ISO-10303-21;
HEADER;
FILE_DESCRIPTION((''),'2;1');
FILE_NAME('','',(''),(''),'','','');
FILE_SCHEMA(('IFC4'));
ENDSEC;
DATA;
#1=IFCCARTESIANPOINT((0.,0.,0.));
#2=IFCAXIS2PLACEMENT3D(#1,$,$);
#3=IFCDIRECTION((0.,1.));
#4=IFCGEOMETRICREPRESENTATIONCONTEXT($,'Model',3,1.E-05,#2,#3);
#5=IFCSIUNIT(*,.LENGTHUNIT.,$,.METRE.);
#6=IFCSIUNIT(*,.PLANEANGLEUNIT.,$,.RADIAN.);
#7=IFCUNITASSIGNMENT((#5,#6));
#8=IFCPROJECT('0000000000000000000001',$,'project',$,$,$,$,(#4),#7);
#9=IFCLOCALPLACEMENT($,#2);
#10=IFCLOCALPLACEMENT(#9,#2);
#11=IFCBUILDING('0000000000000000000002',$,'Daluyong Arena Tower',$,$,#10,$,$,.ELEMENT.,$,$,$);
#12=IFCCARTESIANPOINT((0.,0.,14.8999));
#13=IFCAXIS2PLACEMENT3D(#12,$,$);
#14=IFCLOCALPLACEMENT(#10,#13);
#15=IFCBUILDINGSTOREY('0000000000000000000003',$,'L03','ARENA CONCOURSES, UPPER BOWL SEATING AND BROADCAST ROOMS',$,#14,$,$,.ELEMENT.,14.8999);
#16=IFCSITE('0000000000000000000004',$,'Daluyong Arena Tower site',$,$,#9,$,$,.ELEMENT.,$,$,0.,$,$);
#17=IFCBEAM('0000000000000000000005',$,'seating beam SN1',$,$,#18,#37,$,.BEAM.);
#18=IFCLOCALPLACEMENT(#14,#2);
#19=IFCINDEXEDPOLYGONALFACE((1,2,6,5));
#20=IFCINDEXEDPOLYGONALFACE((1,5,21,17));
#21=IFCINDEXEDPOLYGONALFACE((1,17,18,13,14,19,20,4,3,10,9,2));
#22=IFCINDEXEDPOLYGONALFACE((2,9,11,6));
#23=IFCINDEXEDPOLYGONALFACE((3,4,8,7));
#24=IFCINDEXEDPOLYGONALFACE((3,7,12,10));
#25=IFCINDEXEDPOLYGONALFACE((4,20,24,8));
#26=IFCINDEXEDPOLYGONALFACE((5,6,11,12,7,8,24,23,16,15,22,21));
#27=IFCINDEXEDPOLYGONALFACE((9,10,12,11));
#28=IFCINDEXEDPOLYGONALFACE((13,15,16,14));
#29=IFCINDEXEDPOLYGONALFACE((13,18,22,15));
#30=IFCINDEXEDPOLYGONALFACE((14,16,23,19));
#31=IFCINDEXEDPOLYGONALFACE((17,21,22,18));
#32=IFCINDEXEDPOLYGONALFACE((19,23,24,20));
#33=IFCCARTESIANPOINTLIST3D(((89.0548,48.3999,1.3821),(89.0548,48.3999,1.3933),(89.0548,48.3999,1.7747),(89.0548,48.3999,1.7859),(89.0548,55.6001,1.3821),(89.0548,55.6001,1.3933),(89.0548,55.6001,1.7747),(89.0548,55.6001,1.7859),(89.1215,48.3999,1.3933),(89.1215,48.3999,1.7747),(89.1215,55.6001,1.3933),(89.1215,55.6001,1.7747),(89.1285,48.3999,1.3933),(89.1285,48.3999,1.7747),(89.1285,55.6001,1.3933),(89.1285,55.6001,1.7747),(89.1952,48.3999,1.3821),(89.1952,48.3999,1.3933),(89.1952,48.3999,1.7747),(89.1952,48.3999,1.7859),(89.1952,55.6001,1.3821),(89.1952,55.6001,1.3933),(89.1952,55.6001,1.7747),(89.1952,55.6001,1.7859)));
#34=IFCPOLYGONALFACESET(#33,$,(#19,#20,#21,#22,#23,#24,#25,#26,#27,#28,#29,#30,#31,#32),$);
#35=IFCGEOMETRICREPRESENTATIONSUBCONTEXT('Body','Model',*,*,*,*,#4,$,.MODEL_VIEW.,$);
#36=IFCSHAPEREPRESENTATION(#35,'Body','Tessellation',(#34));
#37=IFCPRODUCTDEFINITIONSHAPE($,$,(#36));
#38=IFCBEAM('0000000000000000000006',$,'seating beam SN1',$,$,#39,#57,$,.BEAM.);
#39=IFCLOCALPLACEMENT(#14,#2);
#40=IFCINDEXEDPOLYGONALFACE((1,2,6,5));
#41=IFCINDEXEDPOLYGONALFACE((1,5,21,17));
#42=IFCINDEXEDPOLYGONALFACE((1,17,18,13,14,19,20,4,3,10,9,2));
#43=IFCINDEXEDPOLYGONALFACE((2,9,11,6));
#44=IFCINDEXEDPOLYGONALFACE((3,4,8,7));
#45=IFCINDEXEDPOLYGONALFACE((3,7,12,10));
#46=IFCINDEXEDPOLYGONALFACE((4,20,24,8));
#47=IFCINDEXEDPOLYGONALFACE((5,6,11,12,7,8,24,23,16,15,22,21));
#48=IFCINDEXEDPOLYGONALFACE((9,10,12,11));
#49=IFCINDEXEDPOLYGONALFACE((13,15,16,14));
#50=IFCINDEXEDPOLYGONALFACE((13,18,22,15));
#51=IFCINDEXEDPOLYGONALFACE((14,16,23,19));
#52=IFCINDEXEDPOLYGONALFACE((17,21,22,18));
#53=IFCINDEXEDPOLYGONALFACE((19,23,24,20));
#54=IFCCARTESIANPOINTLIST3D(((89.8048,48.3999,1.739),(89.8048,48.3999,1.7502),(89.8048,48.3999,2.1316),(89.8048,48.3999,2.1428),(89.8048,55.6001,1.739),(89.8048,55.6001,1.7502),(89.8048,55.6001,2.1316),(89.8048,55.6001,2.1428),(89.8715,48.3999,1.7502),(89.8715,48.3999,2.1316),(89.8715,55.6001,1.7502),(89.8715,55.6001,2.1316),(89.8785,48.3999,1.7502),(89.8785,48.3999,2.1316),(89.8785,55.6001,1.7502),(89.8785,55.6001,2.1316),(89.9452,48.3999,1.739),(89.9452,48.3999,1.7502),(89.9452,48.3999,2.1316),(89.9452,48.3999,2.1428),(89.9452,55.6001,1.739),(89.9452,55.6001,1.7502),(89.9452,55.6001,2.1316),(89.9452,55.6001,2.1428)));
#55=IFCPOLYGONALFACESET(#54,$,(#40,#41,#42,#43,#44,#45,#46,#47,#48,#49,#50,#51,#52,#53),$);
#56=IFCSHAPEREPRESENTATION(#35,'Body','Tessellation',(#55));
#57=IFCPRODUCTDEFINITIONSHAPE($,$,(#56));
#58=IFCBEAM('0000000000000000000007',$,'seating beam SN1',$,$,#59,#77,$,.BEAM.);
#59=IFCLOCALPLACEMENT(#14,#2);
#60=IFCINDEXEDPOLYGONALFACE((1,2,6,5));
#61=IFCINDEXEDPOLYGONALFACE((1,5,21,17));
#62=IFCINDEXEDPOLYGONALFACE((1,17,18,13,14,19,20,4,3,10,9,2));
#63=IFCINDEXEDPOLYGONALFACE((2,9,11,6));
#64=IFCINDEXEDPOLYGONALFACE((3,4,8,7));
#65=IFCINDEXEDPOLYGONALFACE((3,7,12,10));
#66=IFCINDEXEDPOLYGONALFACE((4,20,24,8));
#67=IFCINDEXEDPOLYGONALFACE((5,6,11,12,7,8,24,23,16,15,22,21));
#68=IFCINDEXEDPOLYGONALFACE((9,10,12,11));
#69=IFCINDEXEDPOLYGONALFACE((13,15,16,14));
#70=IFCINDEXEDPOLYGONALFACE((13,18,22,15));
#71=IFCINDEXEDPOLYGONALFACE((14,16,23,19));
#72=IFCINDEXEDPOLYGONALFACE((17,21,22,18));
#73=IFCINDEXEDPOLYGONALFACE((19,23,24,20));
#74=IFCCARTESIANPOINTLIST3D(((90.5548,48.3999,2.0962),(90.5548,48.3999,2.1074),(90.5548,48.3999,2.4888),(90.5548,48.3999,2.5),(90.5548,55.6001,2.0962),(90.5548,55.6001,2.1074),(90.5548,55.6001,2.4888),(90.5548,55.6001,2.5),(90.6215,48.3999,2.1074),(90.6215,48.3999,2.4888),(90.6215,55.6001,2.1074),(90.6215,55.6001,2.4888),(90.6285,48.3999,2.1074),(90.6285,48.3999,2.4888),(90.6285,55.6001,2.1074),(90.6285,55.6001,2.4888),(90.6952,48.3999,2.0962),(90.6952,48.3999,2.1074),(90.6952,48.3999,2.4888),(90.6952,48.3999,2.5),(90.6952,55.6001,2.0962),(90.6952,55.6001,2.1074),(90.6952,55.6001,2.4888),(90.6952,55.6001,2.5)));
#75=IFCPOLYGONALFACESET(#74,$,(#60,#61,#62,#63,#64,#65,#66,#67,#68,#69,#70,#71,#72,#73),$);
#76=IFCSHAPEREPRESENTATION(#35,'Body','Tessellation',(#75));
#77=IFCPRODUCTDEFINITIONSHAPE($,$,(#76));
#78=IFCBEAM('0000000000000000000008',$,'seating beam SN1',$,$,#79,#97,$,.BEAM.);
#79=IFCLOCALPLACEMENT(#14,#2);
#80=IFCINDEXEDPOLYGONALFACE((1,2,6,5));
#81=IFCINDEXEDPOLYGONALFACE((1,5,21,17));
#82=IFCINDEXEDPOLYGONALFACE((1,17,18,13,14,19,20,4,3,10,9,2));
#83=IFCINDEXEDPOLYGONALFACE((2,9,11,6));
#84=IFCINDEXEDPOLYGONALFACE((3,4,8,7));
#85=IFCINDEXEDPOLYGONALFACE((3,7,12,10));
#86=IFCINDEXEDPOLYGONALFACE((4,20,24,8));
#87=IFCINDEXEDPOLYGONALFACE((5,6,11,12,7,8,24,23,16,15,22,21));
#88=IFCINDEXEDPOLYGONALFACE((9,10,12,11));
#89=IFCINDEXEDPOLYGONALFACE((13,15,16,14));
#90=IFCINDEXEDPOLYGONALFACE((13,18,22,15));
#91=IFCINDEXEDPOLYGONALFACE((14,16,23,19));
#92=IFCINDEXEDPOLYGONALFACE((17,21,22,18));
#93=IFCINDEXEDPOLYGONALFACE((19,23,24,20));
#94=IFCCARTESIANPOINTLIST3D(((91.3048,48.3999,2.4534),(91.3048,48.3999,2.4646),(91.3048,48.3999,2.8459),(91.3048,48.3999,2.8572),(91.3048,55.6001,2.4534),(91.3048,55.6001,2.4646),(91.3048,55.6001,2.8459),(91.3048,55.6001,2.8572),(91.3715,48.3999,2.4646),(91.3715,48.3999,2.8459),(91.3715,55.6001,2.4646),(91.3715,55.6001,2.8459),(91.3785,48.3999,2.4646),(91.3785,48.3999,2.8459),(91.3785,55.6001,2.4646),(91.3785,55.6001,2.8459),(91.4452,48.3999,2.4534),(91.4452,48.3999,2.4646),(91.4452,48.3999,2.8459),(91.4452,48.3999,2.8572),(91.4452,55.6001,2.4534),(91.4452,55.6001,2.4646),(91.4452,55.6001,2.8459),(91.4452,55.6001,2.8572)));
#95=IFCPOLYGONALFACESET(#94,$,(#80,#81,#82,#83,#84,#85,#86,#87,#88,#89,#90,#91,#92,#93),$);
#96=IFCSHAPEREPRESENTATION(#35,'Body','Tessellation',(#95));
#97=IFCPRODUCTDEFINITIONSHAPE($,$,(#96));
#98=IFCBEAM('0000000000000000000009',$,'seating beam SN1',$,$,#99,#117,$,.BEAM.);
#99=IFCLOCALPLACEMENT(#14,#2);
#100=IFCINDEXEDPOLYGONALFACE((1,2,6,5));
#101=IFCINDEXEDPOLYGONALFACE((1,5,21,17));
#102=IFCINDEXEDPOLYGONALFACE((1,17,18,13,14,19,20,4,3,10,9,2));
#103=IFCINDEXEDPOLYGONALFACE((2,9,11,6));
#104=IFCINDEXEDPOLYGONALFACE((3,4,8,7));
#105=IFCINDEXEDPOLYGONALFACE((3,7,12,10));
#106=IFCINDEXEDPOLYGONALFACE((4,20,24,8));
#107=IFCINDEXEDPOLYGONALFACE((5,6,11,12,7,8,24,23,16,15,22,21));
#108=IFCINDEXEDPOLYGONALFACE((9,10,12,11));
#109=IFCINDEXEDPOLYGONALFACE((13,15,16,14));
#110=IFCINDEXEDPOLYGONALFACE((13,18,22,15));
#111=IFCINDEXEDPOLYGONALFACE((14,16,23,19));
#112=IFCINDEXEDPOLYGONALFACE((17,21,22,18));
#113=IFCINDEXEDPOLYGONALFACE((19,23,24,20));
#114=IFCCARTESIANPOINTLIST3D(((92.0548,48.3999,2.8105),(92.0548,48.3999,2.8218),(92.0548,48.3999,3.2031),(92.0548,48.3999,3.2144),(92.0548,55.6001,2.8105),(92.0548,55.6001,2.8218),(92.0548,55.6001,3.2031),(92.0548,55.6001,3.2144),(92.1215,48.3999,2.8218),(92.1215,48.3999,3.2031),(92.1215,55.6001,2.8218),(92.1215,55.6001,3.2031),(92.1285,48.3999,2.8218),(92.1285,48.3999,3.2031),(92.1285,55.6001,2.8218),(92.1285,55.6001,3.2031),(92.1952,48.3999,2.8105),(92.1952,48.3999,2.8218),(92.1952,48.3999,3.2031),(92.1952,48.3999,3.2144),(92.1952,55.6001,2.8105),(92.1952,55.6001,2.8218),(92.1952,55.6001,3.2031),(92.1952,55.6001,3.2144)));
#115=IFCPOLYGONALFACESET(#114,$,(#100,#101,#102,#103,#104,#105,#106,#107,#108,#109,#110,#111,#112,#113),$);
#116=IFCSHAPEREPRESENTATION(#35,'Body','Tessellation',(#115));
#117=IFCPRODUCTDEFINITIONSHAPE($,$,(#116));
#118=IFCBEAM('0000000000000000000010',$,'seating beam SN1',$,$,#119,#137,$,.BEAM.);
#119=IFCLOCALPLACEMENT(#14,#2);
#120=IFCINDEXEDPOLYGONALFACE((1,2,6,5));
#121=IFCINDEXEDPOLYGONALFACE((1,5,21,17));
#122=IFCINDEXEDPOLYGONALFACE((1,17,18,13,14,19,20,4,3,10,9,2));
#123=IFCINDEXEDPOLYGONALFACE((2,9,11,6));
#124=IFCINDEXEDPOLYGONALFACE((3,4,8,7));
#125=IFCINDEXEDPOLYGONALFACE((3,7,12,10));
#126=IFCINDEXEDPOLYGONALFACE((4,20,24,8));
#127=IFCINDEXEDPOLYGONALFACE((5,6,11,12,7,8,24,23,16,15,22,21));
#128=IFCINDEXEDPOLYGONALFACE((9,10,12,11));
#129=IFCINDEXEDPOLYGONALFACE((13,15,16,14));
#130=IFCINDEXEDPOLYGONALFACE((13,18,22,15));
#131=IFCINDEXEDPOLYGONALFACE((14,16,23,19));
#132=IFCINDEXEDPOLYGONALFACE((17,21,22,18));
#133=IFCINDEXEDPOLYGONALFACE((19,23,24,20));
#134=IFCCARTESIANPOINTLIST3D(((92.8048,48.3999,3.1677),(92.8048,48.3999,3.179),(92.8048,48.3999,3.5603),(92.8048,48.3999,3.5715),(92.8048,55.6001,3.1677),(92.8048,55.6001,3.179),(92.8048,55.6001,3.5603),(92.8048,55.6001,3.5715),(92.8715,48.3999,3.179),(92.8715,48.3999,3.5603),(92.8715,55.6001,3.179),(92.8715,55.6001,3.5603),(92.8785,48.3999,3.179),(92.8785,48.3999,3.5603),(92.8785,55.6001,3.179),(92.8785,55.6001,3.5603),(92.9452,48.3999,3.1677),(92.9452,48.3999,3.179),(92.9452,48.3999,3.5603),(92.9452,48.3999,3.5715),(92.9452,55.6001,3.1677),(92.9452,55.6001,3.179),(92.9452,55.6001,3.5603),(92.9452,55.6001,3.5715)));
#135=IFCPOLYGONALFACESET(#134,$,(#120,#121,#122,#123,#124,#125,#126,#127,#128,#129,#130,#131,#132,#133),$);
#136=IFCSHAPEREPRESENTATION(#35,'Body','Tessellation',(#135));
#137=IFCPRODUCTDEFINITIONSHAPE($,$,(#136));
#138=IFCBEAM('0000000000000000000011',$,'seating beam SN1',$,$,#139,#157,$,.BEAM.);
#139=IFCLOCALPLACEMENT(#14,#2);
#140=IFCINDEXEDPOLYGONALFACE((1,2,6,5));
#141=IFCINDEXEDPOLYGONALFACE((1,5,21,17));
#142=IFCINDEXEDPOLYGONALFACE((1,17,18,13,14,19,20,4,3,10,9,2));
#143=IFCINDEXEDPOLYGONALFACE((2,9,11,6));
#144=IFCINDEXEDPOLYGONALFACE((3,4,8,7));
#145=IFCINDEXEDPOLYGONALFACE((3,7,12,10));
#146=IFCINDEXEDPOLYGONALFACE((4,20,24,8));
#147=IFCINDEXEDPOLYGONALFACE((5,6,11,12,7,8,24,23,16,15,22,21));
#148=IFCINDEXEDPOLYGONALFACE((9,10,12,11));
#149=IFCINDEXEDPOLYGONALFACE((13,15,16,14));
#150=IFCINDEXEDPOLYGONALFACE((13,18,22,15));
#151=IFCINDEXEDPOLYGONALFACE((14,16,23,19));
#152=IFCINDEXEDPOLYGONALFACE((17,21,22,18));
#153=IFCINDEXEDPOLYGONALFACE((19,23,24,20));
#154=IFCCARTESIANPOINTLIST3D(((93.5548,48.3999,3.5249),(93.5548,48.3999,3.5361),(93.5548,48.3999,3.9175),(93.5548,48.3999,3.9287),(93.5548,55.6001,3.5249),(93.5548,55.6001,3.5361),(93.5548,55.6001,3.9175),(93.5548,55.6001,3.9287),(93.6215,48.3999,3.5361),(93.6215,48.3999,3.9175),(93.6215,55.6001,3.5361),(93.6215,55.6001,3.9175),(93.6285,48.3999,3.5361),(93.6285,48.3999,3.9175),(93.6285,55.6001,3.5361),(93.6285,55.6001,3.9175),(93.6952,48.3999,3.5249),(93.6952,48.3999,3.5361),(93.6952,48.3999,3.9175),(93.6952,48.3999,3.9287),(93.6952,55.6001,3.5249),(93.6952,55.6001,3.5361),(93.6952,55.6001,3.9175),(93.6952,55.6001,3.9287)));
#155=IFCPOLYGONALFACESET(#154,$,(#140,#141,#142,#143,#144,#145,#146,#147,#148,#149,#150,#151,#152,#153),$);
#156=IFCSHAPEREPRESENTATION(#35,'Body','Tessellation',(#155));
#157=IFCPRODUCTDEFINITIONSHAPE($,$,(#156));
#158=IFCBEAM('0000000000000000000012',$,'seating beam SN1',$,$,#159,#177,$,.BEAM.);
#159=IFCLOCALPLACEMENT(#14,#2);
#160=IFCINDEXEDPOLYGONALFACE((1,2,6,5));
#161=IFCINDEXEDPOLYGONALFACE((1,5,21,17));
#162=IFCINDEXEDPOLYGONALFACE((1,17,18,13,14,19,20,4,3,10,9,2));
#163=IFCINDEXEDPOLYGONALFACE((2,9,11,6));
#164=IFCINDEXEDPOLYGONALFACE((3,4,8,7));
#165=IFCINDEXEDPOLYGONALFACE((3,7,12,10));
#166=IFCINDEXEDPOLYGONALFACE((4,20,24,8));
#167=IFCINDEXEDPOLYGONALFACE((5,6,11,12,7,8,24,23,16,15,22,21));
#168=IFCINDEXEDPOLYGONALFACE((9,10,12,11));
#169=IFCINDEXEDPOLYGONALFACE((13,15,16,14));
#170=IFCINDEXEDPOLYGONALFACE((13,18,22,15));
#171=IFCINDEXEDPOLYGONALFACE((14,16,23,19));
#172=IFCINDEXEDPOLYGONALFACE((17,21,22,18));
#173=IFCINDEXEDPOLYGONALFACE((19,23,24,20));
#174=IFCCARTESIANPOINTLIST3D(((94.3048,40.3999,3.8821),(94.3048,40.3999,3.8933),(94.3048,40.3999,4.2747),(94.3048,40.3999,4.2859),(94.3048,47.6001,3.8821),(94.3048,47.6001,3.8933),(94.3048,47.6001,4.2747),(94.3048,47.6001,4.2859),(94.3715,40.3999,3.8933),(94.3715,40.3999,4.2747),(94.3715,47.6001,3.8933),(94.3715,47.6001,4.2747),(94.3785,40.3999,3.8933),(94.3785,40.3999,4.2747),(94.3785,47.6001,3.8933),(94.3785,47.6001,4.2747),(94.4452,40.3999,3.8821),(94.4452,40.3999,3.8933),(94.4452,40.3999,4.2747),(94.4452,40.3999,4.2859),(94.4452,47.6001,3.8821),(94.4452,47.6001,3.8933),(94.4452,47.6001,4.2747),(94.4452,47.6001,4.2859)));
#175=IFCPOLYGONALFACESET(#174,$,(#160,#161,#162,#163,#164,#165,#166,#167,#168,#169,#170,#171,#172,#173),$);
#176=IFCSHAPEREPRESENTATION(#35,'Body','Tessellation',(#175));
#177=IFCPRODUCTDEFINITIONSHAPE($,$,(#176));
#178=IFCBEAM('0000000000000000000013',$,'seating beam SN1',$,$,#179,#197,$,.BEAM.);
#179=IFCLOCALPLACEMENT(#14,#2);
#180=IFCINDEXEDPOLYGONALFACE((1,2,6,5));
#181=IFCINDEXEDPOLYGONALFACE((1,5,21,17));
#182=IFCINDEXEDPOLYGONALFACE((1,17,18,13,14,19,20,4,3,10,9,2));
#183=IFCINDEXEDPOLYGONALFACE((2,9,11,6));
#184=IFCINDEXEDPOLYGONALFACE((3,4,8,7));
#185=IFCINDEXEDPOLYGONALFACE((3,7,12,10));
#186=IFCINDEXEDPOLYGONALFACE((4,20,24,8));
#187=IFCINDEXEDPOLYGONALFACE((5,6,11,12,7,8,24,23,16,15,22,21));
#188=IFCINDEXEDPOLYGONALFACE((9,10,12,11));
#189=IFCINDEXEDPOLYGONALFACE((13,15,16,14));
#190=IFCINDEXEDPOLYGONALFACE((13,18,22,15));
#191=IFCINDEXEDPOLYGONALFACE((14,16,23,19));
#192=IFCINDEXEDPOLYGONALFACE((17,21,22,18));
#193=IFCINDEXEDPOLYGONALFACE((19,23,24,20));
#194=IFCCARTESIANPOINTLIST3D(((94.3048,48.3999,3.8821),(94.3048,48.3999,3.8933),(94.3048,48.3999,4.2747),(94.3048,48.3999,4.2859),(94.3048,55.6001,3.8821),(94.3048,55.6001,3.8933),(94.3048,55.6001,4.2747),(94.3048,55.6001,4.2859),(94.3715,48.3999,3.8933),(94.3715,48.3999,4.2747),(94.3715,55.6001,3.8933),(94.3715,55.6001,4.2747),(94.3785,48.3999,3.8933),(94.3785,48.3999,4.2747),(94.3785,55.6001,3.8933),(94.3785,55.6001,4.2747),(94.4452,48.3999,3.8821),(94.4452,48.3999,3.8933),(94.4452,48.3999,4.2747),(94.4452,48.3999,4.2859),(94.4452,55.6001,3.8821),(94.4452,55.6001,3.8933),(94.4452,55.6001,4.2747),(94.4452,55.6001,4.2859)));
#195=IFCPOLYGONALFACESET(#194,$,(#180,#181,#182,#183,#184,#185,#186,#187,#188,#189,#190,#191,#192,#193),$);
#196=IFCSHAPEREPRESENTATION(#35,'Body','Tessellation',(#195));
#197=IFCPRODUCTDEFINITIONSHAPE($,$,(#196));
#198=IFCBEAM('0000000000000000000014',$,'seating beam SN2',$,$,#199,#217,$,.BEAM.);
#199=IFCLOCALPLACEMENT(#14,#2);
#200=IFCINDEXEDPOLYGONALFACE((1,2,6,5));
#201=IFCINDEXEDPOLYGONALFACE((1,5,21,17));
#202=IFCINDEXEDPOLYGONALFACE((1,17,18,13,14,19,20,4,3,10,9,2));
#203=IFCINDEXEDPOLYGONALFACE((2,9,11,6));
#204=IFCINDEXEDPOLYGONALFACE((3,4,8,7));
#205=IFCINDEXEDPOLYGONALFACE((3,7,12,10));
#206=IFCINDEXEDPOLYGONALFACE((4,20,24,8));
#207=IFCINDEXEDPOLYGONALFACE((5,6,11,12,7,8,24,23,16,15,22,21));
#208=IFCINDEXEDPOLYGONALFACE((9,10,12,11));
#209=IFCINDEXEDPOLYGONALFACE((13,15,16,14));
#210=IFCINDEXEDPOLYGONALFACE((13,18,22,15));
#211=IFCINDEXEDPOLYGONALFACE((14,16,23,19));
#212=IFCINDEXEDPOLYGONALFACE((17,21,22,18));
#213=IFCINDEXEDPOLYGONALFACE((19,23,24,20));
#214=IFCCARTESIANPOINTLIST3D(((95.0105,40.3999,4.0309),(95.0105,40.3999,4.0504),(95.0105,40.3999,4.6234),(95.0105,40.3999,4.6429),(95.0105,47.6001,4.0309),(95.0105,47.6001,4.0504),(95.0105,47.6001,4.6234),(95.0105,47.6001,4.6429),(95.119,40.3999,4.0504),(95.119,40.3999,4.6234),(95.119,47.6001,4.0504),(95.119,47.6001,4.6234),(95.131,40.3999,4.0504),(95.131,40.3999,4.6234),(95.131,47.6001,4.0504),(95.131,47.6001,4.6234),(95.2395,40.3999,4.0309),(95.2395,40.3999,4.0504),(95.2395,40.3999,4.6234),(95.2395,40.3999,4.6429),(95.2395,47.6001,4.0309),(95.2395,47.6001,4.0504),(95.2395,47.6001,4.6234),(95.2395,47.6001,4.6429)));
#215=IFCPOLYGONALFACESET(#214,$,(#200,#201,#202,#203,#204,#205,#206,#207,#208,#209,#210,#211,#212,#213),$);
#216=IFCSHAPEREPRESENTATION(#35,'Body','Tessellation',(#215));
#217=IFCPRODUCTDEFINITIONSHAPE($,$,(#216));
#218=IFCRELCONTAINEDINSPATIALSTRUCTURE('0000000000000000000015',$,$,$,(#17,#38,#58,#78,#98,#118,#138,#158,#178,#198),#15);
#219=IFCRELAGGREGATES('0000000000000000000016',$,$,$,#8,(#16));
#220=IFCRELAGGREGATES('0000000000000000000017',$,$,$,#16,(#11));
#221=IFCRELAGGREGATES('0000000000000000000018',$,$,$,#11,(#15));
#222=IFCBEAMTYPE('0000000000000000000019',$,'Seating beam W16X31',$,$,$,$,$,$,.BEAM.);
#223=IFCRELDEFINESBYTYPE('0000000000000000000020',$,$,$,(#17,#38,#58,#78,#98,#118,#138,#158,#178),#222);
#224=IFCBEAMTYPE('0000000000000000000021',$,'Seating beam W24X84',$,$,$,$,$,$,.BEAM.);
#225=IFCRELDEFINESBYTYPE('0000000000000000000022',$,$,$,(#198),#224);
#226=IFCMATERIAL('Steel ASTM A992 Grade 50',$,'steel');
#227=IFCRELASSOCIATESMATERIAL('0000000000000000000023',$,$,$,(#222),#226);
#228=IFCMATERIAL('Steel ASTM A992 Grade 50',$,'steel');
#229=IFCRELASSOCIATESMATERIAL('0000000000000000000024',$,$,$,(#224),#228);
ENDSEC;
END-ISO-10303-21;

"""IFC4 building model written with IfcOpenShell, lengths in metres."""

from ifc_helpers import new_model, si_unit, direction, frame, origin, origin_2d, place, context, subcontext, project, spatial, i_section, extrude, material, material_profile, profile_set, type_object, element, save


model = new_model("IFC4")

# Units and contexts
model_context = context("Model", 3, precision=1e-05, world=origin(), true_north=direction((0.0, 1.0)))
body_context = subcontext(model_context, "Body", "Model", "MODEL_VIEW")
ifc_project = project(units=[si_unit("LENGTHUNIT", "METRE"), si_unit("PLANEANGLEUNIT", "RADIAN")], contexts=[model_context])

# Site, building, storey
site_placement = place(None, origin())
site = spatial("IfcSite", under=ifc_project, at=site_placement, Name="Daluyong Arena Tower site", CompositionType="ELEMENT", RefElevation=0.0)
building_placement = place(site_placement, origin())
building = spatial("IfcBuilding", under=site, at=building_placement, Name="Daluyong Arena Tower", CompositionType="ELEMENT")
storey_placement = place(building_placement, frame((0.0, 0.0, 14.8999)))
storey = spatial("IfcBuildingStorey", under=building, at=storey_placement, Name="L03", Description="ARENA CONCOURSES, UPPER BOWL SEATING AND BROADCAST ROOMS", CompositionType="ELEMENT", Elevation=14.8999)

# Beams
ifc_material_1 = material(Name="Steel ASTM A992 Grade 50", Category="steel")
ifc_material_profile_1 = material_profile(ifc_material_1, i_section(OverallWidth=0.1404, OverallDepth=0.4038, WebThickness=0.0071, FlangeThickness=0.0112, at=origin_2d()))
ifc_profile_set_1 = profile_set([ifc_material_profile_1], Name="Steel ASTM A992 Grade 50")
beam_type_1 = type_object("IfcBeamType", Name="Seating beam W16X31", PredefinedType="BEAM", material=ifc_profile_set_1)
for number, where, z_axis, x_axis, name in (
    (1, (89.125, 48.3999, 1.584), (0.0, 1.0, 0.0), (-1.0, 0.0, 0.0), "seating beam SN1"),
    (2, (89.875, 48.3999, 1.9409), (0.0, 1.0, 0.0), (-1.0, 0.0, 0.0), "seating beam SN1"),
    (3, (90.625, 48.3999, 2.2981), (0.0, 1.0, 0.0), (-1.0, 0.0, 0.0), "seating beam SN1"),
    (4, (91.375, 48.3999, 2.6553), (0.0, 1.0, 0.0), (-1.0, 0.0, 0.0), "seating beam SN1"),
    (5, (92.125, 48.3999, 3.0125), (0.0, 1.0, 0.0), (-1.0, 0.0, 0.0), "seating beam SN1"),
    (6, (92.875, 48.3999, 3.3696), (0.0, 1.0, 0.0), (-1.0, 0.0, 0.0), "seating beam SN1"),
    (7, (93.625, 48.3999, 3.7268), (0.0, 1.0, 0.0), (-1.0, 0.0, 0.0), "seating beam SN1"),
    (8, (94.375, 40.3999, 4.084), (0.0, 1.0, 0.0), (-1.0, 0.0, 0.0), "seating beam SN1"),
    (9, (94.375, 48.3999, 4.084), (0.0, 1.0, 0.0), (-1.0, 0.0, 0.0), "seating beam SN1"),
):
    element("IfcBeam", number, at=place(storey_placement, frame(where, z_axis=z_axis, x_axis=x_axis)), inside=storey, type_object=beam_type_1, Name=name, PredefinedType="BEAM", context=body_context, shape_type="SweptSolid", body=[
        extrude(i_section(OverallWidth=0.1404, OverallDepth=0.4038, WebThickness=0.0071, FlangeThickness=0.0112, at=origin_2d()), origin(), (0.0, 0.0, 1.0), 7.2002),
    ])
ifc_material_2 = material(Name="Steel ASTM A992 Grade 50", Category="steel")
ifc_material_profile_2 = material_profile(ifc_material_2, i_section(OverallWidth=0.229, OverallDepth=0.6121, WebThickness=0.012, FlangeThickness=0.0195, at=origin_2d()))
ifc_profile_set_2 = profile_set([ifc_material_profile_2], Name="Steel ASTM A992 Grade 50")
beam_type_2 = type_object("IfcBeamType", Name="Seating beam W24X84", PredefinedType="BEAM", material=ifc_profile_set_2)
for number, where, z_axis, x_axis, name in (
    (10, (95.125, 40.3999, 4.3369), (0.0, 1.0, 0.0), (-1.0, 0.0, 0.0), "seating beam SN2"),
):
    element("IfcBeam", number, at=place(storey_placement, frame(where, z_axis=z_axis, x_axis=x_axis)), inside=storey, type_object=beam_type_2, Name=name, PredefinedType="BEAM", context=body_context, shape_type="SweptSolid", body=[
        extrude(i_section(OverallWidth=0.229, OverallDepth=0.6121, WebThickness=0.012, FlangeThickness=0.0195, at=origin_2d()), origin(), (0.0, 0.0, 1.0), 7.2002),
    ])

save(model, "model.ifc")
